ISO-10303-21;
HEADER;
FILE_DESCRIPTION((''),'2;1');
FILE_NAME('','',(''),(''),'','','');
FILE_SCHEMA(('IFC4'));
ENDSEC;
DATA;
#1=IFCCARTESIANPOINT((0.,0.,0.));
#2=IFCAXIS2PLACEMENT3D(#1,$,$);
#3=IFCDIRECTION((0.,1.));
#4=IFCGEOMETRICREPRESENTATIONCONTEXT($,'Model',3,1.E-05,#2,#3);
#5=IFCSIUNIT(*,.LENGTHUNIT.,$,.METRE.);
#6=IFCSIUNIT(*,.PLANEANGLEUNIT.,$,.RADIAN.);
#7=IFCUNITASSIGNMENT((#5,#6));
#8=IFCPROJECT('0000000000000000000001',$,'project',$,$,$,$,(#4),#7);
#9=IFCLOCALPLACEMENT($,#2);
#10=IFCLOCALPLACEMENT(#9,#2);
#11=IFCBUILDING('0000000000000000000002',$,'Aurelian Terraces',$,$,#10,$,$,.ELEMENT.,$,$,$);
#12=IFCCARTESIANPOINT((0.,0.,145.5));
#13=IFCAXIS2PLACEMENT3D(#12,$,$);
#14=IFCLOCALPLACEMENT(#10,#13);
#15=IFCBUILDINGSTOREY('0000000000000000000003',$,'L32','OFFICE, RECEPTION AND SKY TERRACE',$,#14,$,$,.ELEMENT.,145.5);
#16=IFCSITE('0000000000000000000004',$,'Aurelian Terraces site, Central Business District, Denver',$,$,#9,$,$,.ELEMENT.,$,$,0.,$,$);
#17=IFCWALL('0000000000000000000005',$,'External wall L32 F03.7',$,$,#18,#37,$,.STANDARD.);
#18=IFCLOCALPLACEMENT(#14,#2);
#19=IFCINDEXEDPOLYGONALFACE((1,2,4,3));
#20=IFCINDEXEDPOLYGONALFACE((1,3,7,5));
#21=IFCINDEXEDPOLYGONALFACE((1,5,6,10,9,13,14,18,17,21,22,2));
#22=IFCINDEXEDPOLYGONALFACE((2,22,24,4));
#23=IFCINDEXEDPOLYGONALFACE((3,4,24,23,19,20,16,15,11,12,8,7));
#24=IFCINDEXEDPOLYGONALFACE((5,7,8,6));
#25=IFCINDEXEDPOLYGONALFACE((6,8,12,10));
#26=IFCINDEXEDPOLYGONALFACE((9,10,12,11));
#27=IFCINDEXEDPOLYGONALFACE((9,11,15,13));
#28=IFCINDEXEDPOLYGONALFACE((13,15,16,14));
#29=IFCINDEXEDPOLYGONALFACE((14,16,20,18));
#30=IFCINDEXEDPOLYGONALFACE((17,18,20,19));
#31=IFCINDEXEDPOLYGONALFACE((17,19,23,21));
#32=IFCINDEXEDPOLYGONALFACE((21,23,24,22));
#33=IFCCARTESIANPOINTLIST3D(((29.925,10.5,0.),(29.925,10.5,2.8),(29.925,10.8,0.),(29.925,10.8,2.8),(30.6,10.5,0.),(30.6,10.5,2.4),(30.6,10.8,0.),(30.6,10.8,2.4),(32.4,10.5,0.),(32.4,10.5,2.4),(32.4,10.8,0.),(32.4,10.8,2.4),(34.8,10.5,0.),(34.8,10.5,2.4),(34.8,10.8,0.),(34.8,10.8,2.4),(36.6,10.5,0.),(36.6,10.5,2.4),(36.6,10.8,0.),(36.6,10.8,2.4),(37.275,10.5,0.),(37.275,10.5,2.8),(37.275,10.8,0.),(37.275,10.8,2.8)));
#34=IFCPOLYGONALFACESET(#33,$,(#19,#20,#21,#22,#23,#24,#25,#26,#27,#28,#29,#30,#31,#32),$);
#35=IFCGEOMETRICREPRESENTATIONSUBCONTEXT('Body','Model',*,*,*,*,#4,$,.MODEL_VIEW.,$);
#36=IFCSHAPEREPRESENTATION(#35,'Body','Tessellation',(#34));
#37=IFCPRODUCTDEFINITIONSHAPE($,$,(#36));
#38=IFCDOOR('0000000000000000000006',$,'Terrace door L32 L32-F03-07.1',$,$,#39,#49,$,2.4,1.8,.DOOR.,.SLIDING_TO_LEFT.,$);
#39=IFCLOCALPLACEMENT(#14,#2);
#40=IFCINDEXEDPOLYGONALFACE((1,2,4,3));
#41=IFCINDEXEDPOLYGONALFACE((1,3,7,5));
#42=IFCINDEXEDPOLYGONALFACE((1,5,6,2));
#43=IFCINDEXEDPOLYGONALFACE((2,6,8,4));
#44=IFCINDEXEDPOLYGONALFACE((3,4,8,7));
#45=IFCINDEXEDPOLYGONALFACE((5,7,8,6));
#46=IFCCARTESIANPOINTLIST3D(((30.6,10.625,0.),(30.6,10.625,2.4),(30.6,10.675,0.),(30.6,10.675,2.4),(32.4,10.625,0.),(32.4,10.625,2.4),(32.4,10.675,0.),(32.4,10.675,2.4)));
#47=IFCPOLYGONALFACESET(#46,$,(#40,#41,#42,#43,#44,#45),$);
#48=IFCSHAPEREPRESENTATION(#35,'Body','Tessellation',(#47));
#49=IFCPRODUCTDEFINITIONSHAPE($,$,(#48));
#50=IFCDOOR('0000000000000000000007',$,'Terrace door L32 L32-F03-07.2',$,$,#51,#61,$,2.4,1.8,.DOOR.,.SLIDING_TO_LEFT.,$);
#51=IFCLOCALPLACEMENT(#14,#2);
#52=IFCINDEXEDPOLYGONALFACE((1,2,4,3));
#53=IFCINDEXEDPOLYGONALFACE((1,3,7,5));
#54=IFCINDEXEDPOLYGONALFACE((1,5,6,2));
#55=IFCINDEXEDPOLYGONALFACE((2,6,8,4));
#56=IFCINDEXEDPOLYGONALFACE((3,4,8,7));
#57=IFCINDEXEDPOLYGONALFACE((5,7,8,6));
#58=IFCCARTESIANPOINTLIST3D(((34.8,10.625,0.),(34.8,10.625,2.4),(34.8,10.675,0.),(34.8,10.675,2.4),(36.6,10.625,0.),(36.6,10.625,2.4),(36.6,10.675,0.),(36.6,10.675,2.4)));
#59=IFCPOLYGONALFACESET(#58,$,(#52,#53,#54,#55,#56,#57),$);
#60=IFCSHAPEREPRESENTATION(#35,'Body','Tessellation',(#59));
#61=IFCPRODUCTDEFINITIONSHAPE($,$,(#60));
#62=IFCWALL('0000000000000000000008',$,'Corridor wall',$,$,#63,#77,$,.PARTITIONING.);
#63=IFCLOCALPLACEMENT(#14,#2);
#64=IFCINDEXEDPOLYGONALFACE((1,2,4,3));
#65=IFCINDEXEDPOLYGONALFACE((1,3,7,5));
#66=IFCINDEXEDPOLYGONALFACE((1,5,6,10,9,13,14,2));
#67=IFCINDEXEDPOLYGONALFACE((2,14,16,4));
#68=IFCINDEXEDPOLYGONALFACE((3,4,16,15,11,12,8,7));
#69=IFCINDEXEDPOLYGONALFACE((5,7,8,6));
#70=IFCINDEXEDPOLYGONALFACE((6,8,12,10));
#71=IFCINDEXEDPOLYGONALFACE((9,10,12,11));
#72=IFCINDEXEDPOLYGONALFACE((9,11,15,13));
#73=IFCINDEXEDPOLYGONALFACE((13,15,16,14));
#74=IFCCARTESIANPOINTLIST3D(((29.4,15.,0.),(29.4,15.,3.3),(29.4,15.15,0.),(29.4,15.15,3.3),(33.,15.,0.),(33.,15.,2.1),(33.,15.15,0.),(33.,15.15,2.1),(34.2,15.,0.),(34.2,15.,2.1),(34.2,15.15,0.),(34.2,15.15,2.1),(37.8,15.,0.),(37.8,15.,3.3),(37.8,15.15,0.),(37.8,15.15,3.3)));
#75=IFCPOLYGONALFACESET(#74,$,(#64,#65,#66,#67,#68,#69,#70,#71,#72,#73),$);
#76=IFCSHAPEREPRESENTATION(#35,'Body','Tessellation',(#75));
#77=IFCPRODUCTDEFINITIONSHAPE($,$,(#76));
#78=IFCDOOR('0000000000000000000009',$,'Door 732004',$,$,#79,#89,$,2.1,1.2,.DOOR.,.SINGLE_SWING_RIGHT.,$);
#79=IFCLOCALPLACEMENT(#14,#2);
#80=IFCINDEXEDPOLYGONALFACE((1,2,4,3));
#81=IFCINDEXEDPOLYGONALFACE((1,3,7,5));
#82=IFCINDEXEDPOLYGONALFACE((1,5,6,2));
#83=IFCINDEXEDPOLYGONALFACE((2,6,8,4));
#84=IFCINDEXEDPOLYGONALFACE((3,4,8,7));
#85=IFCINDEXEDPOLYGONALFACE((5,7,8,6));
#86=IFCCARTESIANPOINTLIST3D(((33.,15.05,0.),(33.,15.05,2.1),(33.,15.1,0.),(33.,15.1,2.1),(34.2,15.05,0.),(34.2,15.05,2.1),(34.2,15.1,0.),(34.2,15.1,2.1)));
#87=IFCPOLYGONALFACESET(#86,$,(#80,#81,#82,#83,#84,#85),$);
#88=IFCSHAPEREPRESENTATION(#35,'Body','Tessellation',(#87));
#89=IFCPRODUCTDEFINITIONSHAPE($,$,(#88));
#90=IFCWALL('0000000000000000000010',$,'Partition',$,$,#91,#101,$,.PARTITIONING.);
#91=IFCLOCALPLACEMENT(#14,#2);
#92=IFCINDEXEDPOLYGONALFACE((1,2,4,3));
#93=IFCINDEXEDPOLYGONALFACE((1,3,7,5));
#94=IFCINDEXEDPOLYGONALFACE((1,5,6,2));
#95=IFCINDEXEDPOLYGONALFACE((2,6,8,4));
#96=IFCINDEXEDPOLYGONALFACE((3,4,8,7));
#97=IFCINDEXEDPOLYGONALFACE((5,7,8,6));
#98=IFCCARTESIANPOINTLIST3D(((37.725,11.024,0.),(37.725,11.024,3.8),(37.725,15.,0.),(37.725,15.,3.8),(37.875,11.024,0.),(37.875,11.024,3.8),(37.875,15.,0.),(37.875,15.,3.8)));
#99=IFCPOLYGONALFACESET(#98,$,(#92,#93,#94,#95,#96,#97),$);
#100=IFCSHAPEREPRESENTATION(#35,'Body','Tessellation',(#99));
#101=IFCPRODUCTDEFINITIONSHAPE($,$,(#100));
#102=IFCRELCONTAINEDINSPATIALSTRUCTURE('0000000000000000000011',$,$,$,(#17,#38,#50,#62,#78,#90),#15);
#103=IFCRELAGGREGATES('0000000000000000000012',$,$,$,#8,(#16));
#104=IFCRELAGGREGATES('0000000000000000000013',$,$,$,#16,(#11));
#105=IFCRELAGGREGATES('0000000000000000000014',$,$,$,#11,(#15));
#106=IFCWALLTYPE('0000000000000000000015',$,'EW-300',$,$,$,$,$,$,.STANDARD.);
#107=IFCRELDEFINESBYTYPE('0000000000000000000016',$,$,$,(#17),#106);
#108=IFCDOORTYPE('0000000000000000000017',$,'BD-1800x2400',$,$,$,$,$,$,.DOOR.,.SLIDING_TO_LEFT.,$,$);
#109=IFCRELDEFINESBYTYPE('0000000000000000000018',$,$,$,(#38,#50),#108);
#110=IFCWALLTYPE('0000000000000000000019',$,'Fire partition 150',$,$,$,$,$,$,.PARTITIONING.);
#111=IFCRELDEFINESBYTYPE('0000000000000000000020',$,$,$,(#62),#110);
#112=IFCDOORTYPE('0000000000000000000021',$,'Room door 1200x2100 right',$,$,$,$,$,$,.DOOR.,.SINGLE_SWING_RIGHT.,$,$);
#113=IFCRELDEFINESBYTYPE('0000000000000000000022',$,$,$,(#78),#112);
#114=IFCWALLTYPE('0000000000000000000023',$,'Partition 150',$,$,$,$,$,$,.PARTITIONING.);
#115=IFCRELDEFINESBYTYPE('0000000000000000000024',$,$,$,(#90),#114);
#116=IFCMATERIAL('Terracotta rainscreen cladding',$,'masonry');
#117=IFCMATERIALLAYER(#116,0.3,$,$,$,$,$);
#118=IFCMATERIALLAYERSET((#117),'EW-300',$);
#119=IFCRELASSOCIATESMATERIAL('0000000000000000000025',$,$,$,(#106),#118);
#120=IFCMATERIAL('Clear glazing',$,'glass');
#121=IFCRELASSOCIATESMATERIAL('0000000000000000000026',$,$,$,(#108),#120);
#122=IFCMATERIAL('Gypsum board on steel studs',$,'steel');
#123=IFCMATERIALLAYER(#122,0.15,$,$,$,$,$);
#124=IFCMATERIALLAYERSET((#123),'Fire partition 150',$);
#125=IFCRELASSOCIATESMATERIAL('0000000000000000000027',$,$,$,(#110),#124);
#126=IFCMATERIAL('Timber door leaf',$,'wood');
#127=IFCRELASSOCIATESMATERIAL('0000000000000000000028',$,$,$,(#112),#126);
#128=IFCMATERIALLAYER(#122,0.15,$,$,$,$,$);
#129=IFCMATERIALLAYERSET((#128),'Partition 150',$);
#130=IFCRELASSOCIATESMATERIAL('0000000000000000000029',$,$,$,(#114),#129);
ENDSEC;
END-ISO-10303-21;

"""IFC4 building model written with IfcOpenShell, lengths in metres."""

from ifc_helpers import new_model, si_unit, direction, frame, frame_2d, origin, place, context, subcontext, project, spatial, rectangle, extrude, source, transform, mapped, material, layer, layer_set, type_object, element, fill, save


model = new_model("IFC4")

# Units and contexts
model_context = context("Model", 3, precision=1e-05, world=origin(), true_north=direction((0.0, 1.0)))
body_context = subcontext(model_context, "Body", "Model", "MODEL_VIEW")
ifc_project = project(units=[si_unit("LENGTHUNIT", "METRE"), si_unit("PLANEANGLEUNIT", "RADIAN")], contexts=[model_context])

# Site, building, storey
site_placement = place(None, origin())
site = spatial("IfcSite", under=ifc_project, at=site_placement, Name="Aurelian Terraces site, Central Business District, Denver", CompositionType="ELEMENT", RefElevation=0.0)
building_placement = place(site_placement, origin())
building = spatial("IfcBuilding", under=site, at=building_placement, Name="Aurelian Terraces", CompositionType="ELEMENT")
storey_placement = place(building_placement, frame((0.0, 0.0, 145.5)))
storey = spatial("IfcBuildingStorey", under=building, at=storey_placement, Name="L32", Description="OFFICE, RECEPTION AND SKY TERRACE", CompositionType="ELEMENT", Elevation=145.5)

# Shared definitions
ifc_material_1 = material(Name="Terracotta rainscreen cladding", Category="masonry")
ifc_layer_1 = layer(ifc_material_1, 0.3)
ifc_layer_set_1 = layer_set([ifc_layer_1], Name="EW-300")
wall_type_1 = type_object("IfcWallType", Name="EW-300", PredefinedType="STANDARD", material=ifc_layer_set_1)
ifc_material_2 = material(Name="Clear glazing", Category="glass")

# Wall, openings, doors
shared_shape_1 = source(origin(), body_context, "Body", "SweptSolid", [
    extrude(rectangle(XDim=7.35, YDim=0.3, at=frame_2d((3.675, 0.0))), origin(), (0.0, 0.0, 1.0), 2.8),
])
wall_1_placement = place(storey_placement, frame((29.925, 10.65, 0.0), z_axis=(0.0, 0.0, 1.0), x_axis=(1.0, 0.0, 0.0)))
wall_1 = element("IfcWall", 1, at=wall_1_placement, inside=storey, type_object=wall_type_1, Name="External wall L32 F03.7", PredefinedType="STANDARD", context=body_context, shape_type="MappedRepresentation", body=[
    mapped(shared_shape_1, transform((0.0, 0.0, 0.0), scale=1.0)),
])
shared_shape_2 = source(origin(), body_context, "Body", "SweptSolid", [
    extrude(rectangle(XDim=1.8, YDim=2.4, at=frame_2d((0.9, 1.2))), frame((0.0, 0.16, 0.0), z_axis=(0.0, -1.0, 0.0), x_axis=(1.0, 0.0, 0.0)), (0.0, 0.0, 1.0), 0.32),
])
opening_1_placement = place(wall_1_placement, frame((0.675, 0.0, 0.0)))
opening_1 = element("IfcOpeningElement", 2, at=opening_1_placement, cuts=wall_1, PredefinedType="OPENING", context=body_context, shape_type="MappedRepresentation", body=[
    mapped(shared_shape_2, transform((0.0, 0.0, 0.0), scale=1.0)),
])
opening_2_placement = place(wall_1_placement, frame((4.875, 0.0, 0.0)))
opening_2 = element("IfcOpeningElement", 3, at=opening_2_placement, cuts=wall_1, PredefinedType="OPENING", context=body_context, shape_type="MappedRepresentation", body=[
    mapped(shared_shape_2, transform((0.0, 0.0, 0.0), scale=1.0)),
])
door_type_1 = type_object("IfcDoorType", Name="BD-1800x2400", OperationType="SLIDING_TO_LEFT", PredefinedType="DOOR", material=ifc_material_2)
shared_shape_3 = source(origin(), body_context, "Body", "SweptSolid", [
    extrude(rectangle(XDim=1.8, YDim=2.4, at=frame_2d((0.9, 1.2))), frame((0.0, 0.025, 0.0), z_axis=(0.0, -1.0, 0.0), x_axis=(1.0, 0.0, 0.0)), (0.0, 0.0, 1.0), 0.05),
])
door_1_placement = place(opening_1_placement, origin())
door_1 = element("IfcDoor", 4, at=door_1_placement, inside=storey, type_object=door_type_1, Name="Terrace door L32 L32-F03-07.1", OperationType="SLIDING_TO_LEFT", OverallHeight=2.4, OverallWidth=1.8, PredefinedType="DOOR", context=body_context, shape_type="MappedRepresentation", body=[
    mapped(shared_shape_3, transform((0.0, 0.0, 0.0), scale=1.0)),
])
fill(opening_1, door_1)
door_2_placement = place(opening_2_placement, origin())
door_2 = element("IfcDoor", 5, at=door_2_placement, inside=storey, type_object=door_type_1, Name="Terrace door L32 L32-F03-07.2", OperationType="SLIDING_TO_LEFT", OverallHeight=2.4, OverallWidth=1.8, PredefinedType="DOOR", context=body_context, shape_type="MappedRepresentation", body=[
    mapped(shared_shape_3, transform((0.0, 0.0, 0.0), scale=1.0)),
])
fill(opening_2, door_2)

# Wall, opening, door
ifc_material_3 = material(Name="Gypsum board on steel studs", Category="steel")
ifc_layer_2 = layer(ifc_material_3, 0.15)
ifc_layer_set_2 = layer_set([ifc_layer_2], Name="Fire partition 150")
wall_type_2 = type_object("IfcWallType", Name="Fire partition 150", PredefinedType="PARTITIONING", material=ifc_layer_set_2)
shared_shape_4 = source(origin(), body_context, "Body", "SweptSolid", [
    extrude(rectangle(XDim=8.4, YDim=0.15, at=frame_2d((4.2, 0.0))), origin(), (0.0, 0.0, 1.0), 3.3),
])
wall_2_placement = place(storey_placement, frame((37.8, 15.075, 0.0), z_axis=(0.0, 0.0, 1.0), x_axis=(-1.0, 0.0, 0.0)))
wall_2 = element("IfcWall", 6, at=wall_2_placement, inside=storey, type_object=wall_type_2, Name="Corridor wall", PredefinedType="PARTITIONING", context=body_context, shape_type="MappedRepresentation", body=[
    mapped(shared_shape_4, transform((0.0, 0.0, 0.0), scale=1.0)),
])
shared_shape_5 = source(origin(), body_context, "Body", "SweptSolid", [
    extrude(rectangle(XDim=1.2, YDim=2.1, at=frame_2d((0.6, 1.05))), frame((0.0, 0.085, 0.0), z_axis=(0.0, -1.0, 0.0), x_axis=(1.0, 0.0, 0.0)), (0.0, 0.0, 1.0), 0.17),
])
opening_3_placement = place(wall_2_placement, frame((3.6, 0.0, 0.0)))
opening_3 = element("IfcOpeningElement", 7, at=opening_3_placement, cuts=wall_2, PredefinedType="OPENING", context=body_context, shape_type="MappedRepresentation", body=[
    mapped(shared_shape_5, transform((0.0, 0.0, 0.0), scale=1.0)),
])
ifc_material_4 = material(Name="Timber door leaf", Category="wood")
door_type_2 = type_object("IfcDoorType", Name="Room door 1200x2100 right", OperationType="SINGLE_SWING_RIGHT", PredefinedType="DOOR", material=ifc_material_4)
shared_shape_6 = source(origin(), body_context, "Body", "SweptSolid", [
    extrude(rectangle(XDim=1.2, YDim=2.1, at=frame_2d((0.6, 1.05))), frame((0.0, 0.025, 0.0), z_axis=(0.0, -1.0, 0.0), x_axis=(1.0, 0.0, 0.0)), (0.0, 0.0, 1.0), 0.05),
])
door_3_placement = place(opening_3_placement, origin())
door_3 = element("IfcDoor", 8, at=door_3_placement, inside=storey, type_object=door_type_2, Name="Door 732004", OperationType="SINGLE_SWING_RIGHT", OverallHeight=2.1, OverallWidth=1.2, PredefinedType="DOOR", context=body_context, shape_type="MappedRepresentation", body=[
    mapped(shared_shape_6, transform((0.0, 0.0, 0.0), scale=1.0)),
])
fill(opening_3, door_3)

# Wall
ifc_layer_3 = layer(ifc_material_3, 0.15)
ifc_layer_set_3 = layer_set([ifc_layer_3], Name="Partition 150")
wall_type_3 = type_object("IfcWallType", Name="Partition 150", PredefinedType="PARTITIONING", material=ifc_layer_set_3)
shared_shape_7 = source(origin(), body_context, "Body", "SweptSolid", [
    extrude(rectangle(XDim=3.976, YDim=0.15, at=frame_2d((1.988, 0.0))), origin(), (0.0, 0.0, 1.0), 3.8),
])
wall_3_placement = place(storey_placement, frame((37.8, 11.024, 0.0), z_axis=(0.0, 0.0, 1.0), x_axis=(0.0, 1.0, 0.0)))
element("IfcWall", 9, at=wall_3_placement, inside=storey, type_object=wall_type_3, Name="Partition", PredefinedType="PARTITIONING", context=body_context, shape_type="MappedRepresentation", body=[
    mapped(shared_shape_7, transform((0.0, 0.0, 0.0), scale=1.0)),
])

save(model, "model.ifc")
